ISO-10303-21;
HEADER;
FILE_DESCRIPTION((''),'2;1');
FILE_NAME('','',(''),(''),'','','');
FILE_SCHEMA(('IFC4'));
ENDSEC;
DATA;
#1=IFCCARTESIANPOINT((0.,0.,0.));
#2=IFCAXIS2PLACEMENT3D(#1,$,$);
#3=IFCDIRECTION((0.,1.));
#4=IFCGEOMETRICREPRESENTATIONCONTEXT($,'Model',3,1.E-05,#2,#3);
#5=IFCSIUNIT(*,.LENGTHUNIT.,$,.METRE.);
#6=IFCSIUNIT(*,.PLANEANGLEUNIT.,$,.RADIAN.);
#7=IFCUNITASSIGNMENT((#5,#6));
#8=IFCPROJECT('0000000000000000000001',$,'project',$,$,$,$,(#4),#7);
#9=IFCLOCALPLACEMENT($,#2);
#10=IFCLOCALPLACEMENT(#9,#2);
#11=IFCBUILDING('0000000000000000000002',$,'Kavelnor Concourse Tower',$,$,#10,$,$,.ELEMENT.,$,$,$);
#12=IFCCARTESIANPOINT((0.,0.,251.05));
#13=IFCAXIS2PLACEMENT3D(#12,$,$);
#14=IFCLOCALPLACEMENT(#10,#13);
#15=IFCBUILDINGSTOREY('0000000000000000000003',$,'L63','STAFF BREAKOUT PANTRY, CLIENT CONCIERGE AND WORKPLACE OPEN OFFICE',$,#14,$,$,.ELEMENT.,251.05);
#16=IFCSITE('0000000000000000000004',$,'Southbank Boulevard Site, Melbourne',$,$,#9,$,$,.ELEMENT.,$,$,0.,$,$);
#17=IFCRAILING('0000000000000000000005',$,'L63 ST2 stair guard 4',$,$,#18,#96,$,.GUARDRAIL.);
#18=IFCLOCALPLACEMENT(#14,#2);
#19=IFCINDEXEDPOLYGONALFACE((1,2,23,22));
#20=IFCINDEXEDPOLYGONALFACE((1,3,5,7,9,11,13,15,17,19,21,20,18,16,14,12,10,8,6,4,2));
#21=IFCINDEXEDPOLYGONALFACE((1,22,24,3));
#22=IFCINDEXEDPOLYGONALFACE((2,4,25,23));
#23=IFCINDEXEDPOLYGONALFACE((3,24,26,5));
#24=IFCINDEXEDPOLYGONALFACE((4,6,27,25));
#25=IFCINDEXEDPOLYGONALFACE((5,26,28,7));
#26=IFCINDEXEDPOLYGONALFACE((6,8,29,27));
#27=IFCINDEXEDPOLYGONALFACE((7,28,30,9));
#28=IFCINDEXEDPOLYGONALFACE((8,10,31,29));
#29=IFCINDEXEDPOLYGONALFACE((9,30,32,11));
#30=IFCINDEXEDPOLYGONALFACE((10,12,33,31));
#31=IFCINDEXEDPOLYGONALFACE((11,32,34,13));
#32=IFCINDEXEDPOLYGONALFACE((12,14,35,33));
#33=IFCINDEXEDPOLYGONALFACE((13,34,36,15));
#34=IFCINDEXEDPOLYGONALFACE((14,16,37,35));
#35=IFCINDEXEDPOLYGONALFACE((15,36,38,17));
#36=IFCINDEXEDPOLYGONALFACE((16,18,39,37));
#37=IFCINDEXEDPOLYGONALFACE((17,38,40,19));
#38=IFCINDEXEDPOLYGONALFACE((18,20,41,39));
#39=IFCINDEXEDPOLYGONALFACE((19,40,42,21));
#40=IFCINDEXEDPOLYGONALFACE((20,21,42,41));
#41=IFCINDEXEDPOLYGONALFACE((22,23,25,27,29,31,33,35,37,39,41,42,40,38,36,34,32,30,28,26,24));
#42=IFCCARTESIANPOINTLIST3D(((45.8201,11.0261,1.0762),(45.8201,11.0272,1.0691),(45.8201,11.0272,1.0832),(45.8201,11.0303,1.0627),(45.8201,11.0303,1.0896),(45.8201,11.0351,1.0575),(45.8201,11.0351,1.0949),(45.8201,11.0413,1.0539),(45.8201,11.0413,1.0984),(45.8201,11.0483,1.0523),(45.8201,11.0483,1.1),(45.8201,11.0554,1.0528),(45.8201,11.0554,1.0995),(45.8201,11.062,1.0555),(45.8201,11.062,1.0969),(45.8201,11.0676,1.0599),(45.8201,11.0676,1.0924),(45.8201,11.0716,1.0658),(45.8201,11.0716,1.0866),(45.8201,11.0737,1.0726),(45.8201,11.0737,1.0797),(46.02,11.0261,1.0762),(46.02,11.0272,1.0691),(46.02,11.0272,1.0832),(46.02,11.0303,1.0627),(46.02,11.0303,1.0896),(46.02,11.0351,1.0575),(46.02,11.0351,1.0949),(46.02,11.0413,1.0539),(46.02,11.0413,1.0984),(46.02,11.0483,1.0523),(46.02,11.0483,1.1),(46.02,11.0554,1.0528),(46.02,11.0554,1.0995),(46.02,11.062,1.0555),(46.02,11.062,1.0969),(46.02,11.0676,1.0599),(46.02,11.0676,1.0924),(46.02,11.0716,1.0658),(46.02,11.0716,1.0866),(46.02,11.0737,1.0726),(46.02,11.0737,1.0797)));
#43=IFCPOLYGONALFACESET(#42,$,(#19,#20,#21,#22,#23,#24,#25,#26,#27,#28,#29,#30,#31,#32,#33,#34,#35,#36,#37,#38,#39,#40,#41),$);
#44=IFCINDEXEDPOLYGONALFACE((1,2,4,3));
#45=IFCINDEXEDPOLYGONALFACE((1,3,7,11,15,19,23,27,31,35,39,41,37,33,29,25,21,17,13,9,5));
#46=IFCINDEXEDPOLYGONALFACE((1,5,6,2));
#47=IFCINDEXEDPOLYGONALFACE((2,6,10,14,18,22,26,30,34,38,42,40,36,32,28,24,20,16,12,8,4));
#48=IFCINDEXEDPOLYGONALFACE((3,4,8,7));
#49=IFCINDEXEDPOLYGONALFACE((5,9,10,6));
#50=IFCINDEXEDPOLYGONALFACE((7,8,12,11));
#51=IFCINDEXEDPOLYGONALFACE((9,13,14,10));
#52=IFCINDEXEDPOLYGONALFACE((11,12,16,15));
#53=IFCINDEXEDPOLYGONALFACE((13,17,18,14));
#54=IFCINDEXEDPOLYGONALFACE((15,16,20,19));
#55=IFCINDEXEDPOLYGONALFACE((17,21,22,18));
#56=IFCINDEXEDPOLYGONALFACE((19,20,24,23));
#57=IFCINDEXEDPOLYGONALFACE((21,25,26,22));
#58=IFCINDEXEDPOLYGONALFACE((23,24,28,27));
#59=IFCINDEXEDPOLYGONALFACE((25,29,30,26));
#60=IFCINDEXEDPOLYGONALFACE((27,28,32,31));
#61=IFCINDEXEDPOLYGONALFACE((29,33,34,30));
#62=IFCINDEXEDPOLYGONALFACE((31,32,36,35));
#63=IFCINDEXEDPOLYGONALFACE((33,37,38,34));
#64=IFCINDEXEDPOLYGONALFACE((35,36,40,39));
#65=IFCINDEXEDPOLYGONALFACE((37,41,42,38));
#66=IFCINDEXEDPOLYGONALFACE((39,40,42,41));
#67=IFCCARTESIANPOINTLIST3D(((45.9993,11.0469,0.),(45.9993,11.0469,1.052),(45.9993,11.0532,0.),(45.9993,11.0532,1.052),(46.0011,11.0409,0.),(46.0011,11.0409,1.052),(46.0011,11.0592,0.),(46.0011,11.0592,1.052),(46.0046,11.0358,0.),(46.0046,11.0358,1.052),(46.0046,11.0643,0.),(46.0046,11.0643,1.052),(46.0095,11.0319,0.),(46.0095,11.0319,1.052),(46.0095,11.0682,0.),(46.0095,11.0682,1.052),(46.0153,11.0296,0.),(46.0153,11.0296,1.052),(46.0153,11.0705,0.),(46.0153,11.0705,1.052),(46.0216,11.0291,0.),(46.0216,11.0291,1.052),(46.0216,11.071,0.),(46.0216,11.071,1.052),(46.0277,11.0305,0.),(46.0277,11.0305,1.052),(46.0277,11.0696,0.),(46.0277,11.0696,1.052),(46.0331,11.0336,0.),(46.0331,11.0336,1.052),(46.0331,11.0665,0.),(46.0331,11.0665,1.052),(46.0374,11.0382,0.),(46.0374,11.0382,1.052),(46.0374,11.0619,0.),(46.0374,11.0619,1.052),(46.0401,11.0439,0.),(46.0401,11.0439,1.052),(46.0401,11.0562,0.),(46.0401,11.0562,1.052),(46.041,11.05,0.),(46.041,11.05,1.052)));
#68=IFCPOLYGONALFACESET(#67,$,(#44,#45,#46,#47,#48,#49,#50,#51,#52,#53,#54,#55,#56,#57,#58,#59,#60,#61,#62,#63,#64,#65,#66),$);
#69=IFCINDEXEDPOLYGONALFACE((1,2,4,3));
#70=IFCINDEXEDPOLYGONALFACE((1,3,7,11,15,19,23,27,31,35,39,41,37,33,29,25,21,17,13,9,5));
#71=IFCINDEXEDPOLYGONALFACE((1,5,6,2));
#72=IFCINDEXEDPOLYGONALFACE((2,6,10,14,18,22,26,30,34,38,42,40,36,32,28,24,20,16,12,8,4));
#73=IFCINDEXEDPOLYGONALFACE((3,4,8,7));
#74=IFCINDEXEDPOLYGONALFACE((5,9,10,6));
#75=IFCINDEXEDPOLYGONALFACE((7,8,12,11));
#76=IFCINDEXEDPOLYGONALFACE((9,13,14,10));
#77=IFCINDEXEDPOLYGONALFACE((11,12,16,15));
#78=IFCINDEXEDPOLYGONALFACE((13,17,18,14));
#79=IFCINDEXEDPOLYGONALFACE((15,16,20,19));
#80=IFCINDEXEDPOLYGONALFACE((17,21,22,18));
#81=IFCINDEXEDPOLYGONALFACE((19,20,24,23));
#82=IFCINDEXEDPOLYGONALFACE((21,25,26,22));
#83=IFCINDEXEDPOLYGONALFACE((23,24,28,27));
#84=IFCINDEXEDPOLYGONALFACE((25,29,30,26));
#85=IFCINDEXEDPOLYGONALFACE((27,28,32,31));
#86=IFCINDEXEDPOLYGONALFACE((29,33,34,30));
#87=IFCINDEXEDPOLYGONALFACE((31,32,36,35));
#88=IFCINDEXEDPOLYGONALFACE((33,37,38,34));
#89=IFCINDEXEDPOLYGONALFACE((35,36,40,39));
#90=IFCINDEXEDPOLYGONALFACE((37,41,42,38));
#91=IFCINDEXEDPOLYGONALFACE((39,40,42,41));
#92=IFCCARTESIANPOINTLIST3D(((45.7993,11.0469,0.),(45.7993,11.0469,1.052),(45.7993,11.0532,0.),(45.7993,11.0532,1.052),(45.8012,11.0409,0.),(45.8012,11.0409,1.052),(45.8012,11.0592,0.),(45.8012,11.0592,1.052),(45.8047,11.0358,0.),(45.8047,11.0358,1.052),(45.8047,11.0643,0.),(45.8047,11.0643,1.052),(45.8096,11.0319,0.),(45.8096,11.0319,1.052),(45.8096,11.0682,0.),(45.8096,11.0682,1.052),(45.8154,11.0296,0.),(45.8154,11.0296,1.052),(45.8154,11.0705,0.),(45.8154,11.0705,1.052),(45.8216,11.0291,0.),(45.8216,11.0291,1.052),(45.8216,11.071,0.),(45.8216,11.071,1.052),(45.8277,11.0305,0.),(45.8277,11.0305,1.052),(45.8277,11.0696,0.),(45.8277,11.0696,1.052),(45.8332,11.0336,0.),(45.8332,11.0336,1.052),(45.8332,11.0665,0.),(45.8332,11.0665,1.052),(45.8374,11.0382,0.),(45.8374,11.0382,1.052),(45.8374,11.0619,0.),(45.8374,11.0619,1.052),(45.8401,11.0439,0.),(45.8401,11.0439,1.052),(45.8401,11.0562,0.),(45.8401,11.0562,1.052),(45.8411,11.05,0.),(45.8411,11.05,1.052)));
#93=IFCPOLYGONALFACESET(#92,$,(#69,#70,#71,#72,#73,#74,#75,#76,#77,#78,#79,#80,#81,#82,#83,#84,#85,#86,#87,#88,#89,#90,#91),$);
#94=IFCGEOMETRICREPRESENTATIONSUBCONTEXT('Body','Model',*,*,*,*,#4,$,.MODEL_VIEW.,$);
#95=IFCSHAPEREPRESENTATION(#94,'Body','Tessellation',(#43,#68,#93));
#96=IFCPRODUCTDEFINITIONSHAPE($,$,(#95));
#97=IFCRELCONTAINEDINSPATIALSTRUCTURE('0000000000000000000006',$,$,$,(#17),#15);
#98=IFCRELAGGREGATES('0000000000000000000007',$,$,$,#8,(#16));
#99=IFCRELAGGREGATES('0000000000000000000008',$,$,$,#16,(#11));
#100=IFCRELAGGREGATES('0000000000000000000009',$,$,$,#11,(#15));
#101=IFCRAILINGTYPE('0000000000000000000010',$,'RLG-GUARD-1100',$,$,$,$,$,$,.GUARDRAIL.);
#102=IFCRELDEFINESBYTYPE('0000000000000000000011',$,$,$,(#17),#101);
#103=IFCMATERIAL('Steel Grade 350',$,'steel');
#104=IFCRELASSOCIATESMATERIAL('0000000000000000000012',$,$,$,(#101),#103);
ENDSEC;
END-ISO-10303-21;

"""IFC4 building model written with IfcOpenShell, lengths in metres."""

from ifc_helpers import new_model, si_unit, direction, frame, origin, origin_2d, place, context, subcontext, project, spatial, circle, extrude, material, type_object, element, save


model = new_model("IFC4")

# Units and contexts
model_context = context("Model", 3, precision=1e-05, world=origin(), true_north=direction((0.0, 1.0)))
body_context = subcontext(model_context, "Body", "Model", "MODEL_VIEW")
ifc_project = project(units=[si_unit("LENGTHUNIT", "METRE"), si_unit("PLANEANGLEUNIT", "RADIAN")], contexts=[model_context])

# Site, building, storey
site_placement = place(None, origin())
site = spatial("IfcSite", under=ifc_project, at=site_placement, Name="Southbank Boulevard Site, Melbourne", CompositionType="ELEMENT", RefElevation=0.0)
building_placement = place(site_placement, origin())
building = spatial("IfcBuilding", under=site, at=building_placement, Name="Kavelnor Concourse Tower", CompositionType="ELEMENT")
storey_placement = place(building_placement, frame((0.0, 0.0, 251.05)))
storey = spatial("IfcBuildingStorey", under=building, at=storey_placement, Name="L63", Description="STAFF BREAKOUT PANTRY, CLIENT CONCIERGE AND WORKPLACE OPEN OFFICE", CompositionType="ELEMENT", Elevation=251.05)

# Shared definitions
ifc_material_1 = material(Name="Steel Grade 350", Category="steel")

# Railing
railing_type_1 = type_object("IfcRailingType", Name="RLG-GUARD-1100", PredefinedType="GUARDRAIL", material=ifc_material_1)
railing_1_placement = place(storey_placement, frame((46.02, 11.05, 0.0)))
element("IfcRailing", 1, at=railing_1_placement, inside=storey, type_object=railing_type_1, Name="L63 ST2 stair guard 4", PredefinedType="GUARDRAIL", context=body_context, shape_type="SweptSolid", body=[
    extrude(circle(Radius=0.0239, at=origin_2d()), frame((0.0, 0.0, 1.0762), z_axis=(-1.0, 0.0, 0.0), x_axis=(0.0, -1.0, 0.0)), (0.0, 0.0, 1.0), 0.2),
    extrude(circle(Radius=0.021, at=origin_2d()), origin(), (0.0, 0.0, 1.0), 1.052),
    extrude(circle(Radius=0.021, at=origin_2d()), frame((-0.2, 0.0, 0.0)), (0.0, 0.0, 1.0), 1.052),
])

save(model, "model.ifc")
